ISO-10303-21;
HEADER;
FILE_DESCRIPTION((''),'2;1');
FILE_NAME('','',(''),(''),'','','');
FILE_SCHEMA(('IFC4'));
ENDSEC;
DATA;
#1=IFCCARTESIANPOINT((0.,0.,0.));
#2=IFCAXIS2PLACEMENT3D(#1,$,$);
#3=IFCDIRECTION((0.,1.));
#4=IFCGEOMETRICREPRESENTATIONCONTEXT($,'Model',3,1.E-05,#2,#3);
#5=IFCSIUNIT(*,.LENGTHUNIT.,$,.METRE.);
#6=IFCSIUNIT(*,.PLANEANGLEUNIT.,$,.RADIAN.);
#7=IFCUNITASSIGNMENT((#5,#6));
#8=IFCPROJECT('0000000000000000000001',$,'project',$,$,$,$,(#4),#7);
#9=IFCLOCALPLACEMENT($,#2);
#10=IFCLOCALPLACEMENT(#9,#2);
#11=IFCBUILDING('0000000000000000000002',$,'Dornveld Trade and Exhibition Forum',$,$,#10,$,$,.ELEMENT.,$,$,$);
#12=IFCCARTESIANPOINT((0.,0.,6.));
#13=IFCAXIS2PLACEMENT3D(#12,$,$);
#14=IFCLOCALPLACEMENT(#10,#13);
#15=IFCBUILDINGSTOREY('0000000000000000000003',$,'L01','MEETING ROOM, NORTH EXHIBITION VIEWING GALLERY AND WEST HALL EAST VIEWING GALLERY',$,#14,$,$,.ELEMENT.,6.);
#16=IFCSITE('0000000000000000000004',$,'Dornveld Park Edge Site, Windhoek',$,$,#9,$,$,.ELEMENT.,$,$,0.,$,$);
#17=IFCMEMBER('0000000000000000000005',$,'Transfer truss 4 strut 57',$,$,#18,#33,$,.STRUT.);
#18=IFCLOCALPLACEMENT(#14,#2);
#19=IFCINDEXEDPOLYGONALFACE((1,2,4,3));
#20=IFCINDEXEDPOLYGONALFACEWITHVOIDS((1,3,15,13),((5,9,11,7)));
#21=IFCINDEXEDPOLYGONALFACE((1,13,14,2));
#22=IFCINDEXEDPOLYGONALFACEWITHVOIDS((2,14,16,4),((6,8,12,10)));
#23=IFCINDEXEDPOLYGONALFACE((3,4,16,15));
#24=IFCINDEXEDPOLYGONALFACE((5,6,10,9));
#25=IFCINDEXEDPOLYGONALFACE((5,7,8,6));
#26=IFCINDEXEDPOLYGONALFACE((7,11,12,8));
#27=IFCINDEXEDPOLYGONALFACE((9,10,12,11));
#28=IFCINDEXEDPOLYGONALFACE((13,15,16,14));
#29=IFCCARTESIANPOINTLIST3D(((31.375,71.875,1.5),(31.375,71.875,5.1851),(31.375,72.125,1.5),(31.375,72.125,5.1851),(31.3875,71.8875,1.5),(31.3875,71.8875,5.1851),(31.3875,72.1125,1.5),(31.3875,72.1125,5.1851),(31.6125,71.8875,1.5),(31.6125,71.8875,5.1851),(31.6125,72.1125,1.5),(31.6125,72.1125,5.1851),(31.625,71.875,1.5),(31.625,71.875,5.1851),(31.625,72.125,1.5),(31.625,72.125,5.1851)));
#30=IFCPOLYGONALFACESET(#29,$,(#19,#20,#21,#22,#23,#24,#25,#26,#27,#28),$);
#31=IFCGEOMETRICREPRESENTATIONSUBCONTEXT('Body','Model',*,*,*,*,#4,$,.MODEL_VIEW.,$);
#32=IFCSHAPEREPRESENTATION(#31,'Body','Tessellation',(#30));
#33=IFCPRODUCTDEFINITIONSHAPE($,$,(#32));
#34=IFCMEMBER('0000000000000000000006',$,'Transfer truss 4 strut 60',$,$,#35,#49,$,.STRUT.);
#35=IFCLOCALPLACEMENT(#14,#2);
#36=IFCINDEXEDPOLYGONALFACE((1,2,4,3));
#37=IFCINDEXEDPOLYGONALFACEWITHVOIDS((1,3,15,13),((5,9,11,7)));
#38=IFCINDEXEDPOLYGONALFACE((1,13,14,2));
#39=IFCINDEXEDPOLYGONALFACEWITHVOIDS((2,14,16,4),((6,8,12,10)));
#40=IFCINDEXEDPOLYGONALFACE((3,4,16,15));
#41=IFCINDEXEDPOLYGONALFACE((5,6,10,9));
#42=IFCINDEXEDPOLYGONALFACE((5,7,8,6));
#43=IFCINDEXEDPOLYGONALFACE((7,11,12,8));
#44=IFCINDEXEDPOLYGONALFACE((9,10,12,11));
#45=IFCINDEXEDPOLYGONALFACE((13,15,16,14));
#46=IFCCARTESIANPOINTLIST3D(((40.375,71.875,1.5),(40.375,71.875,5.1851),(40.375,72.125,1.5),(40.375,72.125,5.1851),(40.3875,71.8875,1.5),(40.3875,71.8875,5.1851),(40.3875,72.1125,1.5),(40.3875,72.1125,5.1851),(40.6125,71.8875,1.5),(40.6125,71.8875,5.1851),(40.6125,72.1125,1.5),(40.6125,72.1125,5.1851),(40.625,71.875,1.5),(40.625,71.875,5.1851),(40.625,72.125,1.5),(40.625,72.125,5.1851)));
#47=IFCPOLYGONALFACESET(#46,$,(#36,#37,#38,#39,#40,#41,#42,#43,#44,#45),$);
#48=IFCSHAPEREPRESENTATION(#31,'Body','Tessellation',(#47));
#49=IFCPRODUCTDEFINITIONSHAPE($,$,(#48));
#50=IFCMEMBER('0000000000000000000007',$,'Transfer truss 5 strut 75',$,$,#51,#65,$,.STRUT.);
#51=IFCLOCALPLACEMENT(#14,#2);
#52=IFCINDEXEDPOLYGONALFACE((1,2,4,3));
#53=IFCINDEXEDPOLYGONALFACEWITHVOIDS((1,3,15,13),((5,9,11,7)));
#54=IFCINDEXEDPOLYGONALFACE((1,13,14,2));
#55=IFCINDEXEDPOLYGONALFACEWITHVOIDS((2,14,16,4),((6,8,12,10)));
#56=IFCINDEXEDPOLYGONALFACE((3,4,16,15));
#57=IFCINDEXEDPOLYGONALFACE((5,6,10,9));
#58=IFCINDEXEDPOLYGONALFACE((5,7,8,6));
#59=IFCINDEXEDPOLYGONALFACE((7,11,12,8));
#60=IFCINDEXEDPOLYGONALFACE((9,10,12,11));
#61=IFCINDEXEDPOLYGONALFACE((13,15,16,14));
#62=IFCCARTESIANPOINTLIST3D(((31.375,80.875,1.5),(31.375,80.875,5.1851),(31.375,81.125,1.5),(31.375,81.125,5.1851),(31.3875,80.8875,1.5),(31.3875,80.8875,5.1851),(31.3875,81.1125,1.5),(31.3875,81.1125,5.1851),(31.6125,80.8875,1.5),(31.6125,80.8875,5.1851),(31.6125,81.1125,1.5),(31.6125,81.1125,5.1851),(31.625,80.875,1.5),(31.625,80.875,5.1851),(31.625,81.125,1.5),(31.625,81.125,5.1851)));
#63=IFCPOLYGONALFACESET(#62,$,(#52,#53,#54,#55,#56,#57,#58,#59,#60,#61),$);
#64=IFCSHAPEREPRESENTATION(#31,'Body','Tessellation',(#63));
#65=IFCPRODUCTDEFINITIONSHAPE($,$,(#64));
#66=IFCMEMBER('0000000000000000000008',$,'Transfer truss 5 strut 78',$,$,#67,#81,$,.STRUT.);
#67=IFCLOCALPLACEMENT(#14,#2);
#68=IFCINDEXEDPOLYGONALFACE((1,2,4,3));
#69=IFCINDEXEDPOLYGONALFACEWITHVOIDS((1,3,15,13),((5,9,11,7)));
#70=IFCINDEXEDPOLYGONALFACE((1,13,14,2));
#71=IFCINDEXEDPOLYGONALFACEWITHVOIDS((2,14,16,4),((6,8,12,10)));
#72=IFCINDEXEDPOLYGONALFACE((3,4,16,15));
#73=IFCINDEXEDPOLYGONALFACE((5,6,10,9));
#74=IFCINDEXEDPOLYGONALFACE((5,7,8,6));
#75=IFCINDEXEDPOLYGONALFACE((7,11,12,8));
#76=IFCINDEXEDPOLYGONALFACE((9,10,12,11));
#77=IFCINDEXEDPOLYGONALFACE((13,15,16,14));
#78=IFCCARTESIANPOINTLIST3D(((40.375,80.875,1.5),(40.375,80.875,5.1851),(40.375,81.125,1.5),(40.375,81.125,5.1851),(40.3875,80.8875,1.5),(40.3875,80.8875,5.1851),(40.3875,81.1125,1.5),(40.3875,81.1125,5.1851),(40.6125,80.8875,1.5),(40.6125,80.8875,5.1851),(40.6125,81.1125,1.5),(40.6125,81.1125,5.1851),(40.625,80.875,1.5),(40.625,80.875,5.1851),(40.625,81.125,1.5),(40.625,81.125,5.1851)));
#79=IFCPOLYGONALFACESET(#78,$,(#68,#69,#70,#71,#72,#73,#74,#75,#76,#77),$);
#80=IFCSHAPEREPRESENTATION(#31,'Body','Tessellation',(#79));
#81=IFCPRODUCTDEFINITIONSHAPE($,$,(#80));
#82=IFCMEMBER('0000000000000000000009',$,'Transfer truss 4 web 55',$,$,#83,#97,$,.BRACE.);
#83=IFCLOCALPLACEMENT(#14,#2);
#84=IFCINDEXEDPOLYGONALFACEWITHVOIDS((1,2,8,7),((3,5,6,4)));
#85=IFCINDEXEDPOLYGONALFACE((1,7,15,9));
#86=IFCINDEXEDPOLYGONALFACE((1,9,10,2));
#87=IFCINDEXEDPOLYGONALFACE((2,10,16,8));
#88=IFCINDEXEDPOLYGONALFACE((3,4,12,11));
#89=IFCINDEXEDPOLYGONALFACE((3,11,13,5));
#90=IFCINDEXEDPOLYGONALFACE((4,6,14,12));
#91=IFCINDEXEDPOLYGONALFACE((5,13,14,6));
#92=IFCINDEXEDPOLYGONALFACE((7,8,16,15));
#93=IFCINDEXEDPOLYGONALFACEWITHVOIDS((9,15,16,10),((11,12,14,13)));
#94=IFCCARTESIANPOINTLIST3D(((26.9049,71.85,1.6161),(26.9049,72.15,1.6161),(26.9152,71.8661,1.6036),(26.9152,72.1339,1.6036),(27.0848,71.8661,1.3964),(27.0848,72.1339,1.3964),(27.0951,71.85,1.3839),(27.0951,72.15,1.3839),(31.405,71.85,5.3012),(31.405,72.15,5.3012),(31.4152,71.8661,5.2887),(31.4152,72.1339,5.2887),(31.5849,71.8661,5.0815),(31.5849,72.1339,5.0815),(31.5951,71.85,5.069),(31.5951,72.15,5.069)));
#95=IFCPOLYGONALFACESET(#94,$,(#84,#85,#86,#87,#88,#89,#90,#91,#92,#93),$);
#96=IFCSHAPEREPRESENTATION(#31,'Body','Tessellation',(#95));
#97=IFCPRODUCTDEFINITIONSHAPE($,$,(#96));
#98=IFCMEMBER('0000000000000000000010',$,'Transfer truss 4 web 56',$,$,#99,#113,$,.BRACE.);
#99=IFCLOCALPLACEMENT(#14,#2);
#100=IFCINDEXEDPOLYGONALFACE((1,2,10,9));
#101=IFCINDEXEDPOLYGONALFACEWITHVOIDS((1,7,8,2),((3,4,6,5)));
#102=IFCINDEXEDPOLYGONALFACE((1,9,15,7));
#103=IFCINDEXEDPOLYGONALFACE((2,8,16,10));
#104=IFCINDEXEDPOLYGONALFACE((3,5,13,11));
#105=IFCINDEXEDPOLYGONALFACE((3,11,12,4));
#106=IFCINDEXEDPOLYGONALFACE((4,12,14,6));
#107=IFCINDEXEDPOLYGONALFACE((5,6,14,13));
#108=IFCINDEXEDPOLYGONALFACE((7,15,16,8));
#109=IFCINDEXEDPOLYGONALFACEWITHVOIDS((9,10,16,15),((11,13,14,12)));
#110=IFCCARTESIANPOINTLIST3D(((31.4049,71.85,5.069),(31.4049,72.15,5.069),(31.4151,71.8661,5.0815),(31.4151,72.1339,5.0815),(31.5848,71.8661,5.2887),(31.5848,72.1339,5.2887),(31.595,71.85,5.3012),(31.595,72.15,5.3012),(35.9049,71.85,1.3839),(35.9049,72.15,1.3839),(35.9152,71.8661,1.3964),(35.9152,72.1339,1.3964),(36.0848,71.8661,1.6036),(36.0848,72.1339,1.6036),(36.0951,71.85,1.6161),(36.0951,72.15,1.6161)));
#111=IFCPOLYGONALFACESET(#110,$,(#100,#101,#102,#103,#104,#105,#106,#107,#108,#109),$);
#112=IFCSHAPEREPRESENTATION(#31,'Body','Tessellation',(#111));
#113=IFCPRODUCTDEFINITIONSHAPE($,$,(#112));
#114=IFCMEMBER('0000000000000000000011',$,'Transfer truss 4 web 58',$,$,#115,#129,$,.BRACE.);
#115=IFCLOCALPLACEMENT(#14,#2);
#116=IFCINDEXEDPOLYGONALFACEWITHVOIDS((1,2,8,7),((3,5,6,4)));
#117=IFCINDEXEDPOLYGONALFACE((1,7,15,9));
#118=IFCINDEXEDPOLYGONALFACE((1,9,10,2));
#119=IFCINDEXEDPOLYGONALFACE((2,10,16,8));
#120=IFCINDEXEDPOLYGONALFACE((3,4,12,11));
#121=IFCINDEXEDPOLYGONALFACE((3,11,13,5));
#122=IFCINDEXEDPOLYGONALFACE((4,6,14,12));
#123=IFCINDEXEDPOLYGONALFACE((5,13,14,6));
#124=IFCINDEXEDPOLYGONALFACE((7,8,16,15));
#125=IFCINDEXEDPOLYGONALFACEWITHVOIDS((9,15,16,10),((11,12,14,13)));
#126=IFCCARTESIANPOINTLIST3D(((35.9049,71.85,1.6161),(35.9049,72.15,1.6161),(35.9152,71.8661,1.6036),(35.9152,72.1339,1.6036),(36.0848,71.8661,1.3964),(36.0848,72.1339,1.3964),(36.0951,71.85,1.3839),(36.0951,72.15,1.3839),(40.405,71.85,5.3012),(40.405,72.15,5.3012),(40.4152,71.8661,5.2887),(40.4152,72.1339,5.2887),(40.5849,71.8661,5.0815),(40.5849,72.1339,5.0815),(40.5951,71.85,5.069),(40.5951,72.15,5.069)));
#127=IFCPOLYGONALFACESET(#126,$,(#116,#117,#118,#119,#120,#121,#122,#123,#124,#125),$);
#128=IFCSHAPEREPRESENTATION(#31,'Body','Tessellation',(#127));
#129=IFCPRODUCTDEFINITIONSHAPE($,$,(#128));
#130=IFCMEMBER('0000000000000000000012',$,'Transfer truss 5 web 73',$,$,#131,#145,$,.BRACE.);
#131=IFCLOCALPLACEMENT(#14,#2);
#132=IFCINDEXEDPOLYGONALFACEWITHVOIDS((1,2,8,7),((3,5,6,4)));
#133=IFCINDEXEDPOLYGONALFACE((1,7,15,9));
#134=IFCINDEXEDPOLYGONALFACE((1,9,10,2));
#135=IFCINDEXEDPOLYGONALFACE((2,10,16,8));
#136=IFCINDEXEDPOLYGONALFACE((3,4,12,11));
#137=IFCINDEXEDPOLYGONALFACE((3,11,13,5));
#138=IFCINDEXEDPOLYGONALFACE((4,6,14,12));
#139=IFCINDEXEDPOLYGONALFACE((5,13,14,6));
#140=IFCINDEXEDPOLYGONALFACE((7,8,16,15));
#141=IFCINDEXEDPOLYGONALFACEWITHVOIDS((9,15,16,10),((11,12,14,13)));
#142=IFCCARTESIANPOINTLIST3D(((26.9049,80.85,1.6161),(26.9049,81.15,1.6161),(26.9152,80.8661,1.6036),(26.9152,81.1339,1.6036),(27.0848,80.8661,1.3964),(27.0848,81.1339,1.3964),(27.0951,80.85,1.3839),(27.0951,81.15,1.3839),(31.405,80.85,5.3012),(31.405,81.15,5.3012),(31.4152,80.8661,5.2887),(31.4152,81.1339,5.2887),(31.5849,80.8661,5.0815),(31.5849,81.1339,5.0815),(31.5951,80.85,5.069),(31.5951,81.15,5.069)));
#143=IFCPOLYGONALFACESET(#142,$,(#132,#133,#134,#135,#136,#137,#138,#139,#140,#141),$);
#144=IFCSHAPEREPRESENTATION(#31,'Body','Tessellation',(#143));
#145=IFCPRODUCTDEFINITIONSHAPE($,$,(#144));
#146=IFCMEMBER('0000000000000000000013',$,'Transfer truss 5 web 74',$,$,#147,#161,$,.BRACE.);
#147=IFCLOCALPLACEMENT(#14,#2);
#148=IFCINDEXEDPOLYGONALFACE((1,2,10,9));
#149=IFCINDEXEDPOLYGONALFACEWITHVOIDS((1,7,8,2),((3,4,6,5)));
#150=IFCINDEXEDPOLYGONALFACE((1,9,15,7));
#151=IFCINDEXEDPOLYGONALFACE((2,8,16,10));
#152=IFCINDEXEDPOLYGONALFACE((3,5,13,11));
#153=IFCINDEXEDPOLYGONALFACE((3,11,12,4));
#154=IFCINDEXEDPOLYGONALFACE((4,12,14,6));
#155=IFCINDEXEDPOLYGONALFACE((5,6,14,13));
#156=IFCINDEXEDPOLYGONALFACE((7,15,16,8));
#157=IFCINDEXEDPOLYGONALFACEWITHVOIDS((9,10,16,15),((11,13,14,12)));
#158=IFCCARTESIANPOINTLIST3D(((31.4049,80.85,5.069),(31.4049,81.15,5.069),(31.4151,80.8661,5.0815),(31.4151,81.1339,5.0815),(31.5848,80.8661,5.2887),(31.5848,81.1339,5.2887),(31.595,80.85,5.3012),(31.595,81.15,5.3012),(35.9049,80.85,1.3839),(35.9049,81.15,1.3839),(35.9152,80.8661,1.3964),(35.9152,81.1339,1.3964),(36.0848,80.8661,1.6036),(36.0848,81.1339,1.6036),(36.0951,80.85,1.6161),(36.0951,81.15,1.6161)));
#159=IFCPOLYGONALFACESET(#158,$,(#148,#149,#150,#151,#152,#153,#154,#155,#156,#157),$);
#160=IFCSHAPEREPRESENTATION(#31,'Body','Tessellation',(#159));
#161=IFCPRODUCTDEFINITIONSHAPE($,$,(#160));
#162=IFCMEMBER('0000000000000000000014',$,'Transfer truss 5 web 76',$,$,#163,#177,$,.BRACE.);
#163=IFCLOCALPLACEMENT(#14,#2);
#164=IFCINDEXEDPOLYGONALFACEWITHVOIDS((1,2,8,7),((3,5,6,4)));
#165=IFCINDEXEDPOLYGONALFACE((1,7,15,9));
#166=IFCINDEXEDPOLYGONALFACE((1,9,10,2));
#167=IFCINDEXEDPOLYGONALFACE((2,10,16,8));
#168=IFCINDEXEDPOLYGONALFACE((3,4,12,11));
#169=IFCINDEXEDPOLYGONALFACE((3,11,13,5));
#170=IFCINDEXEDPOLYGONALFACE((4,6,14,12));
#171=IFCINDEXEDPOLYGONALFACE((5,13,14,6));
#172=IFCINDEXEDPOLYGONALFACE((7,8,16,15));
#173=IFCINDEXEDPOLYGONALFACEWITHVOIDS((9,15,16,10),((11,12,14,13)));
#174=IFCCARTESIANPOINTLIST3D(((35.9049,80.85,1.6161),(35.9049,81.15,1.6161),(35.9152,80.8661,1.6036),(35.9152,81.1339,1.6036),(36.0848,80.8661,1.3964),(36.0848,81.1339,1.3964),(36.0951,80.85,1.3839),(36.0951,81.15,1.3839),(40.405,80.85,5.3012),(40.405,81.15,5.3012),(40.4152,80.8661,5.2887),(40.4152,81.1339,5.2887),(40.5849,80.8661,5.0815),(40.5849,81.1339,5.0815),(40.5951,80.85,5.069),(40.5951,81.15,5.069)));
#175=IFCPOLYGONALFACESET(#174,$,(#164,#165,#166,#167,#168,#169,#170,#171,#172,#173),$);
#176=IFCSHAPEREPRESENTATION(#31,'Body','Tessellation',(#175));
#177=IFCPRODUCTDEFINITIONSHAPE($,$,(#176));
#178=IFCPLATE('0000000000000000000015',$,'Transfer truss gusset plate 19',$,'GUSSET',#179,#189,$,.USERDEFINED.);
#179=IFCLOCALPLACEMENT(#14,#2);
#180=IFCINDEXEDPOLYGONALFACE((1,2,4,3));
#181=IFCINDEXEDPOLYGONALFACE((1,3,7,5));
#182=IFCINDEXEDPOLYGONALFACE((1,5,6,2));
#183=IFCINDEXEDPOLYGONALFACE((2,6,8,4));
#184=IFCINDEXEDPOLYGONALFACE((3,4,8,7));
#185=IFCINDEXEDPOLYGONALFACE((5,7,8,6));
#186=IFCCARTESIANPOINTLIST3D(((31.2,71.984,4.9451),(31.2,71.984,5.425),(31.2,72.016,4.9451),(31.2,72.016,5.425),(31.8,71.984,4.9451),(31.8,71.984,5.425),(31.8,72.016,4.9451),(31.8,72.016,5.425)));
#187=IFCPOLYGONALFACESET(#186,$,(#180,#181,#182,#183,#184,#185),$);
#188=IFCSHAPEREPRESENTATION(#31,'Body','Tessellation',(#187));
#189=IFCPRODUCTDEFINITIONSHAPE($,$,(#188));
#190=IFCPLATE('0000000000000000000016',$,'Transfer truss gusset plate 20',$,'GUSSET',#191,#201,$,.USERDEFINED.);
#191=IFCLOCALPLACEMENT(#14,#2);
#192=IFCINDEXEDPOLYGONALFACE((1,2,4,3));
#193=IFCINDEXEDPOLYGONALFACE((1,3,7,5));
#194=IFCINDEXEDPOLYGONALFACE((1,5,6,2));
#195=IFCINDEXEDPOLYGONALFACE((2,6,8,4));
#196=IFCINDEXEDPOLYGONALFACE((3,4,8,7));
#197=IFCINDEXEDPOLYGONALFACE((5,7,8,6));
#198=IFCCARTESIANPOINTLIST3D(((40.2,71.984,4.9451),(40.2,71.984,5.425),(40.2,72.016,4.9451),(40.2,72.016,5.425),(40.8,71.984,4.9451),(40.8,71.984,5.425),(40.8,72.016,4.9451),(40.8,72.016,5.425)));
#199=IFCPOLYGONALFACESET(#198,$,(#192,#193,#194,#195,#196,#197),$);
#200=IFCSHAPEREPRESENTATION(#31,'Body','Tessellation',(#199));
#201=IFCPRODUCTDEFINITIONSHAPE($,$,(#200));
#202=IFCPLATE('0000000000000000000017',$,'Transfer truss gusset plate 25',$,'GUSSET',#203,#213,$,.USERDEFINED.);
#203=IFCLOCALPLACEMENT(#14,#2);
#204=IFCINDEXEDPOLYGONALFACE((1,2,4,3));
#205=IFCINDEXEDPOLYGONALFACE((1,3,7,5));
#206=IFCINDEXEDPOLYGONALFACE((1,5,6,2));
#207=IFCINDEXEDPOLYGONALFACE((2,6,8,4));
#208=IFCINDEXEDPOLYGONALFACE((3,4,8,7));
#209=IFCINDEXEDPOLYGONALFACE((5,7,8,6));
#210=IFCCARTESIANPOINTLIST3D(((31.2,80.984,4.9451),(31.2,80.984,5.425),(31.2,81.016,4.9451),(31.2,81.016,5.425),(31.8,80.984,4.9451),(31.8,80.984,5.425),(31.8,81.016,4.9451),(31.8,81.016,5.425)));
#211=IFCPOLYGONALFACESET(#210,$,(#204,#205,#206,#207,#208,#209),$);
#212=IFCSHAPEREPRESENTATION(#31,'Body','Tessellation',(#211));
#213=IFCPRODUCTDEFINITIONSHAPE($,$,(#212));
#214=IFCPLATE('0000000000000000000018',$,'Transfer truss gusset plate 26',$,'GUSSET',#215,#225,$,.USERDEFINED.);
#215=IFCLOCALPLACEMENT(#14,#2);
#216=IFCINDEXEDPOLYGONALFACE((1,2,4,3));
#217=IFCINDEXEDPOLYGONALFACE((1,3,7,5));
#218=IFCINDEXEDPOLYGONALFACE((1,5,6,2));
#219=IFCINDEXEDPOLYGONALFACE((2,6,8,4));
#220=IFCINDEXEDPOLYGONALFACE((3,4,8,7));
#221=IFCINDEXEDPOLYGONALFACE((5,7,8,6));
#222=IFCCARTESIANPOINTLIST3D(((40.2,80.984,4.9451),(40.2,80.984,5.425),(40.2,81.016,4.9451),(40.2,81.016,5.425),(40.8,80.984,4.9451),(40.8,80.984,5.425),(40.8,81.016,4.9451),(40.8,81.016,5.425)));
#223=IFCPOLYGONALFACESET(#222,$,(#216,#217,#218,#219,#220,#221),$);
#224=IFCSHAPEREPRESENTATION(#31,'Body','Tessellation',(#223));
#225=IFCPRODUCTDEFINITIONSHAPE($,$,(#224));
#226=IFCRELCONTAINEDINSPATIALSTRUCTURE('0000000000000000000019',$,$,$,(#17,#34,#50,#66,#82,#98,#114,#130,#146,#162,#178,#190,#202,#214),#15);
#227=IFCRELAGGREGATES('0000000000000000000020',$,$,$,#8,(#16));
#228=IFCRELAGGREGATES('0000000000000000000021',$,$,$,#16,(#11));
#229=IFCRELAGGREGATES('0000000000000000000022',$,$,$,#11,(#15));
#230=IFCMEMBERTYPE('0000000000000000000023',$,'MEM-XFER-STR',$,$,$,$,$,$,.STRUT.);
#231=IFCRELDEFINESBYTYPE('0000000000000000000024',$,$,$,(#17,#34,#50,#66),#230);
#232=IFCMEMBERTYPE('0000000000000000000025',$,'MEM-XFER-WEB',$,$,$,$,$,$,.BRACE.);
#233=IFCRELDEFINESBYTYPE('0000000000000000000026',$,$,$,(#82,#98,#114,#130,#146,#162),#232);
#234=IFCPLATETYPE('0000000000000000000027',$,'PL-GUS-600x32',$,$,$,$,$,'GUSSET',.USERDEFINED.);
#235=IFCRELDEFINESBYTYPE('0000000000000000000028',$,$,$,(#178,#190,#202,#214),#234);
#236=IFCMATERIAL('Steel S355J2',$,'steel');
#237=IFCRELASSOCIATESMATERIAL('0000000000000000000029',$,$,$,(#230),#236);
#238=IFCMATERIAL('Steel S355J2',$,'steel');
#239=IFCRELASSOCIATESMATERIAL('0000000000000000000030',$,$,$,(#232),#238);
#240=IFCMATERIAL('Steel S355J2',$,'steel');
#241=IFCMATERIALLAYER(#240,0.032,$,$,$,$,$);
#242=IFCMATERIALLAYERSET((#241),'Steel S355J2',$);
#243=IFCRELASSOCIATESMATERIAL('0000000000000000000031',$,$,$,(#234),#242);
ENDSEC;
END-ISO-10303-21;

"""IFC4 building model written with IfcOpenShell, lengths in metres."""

from ifc_helpers import new_model, si_unit, direction, frame, origin, origin_2d, place, context, subcontext, project, spatial, rectangle, hollow_rectangle, extrude, material, layer, layer_set, material_profile, profile_set, type_object, element, save


model = new_model("IFC4")

# Units and contexts
model_context = context("Model", 3, precision=1e-05, world=origin(), true_north=direction((0.0, 1.0)))
body_context = subcontext(model_context, "Body", "Model", "MODEL_VIEW")
ifc_project = project(units=[si_unit("LENGTHUNIT", "METRE"), si_unit("PLANEANGLEUNIT", "RADIAN")], contexts=[model_context])

# Site, building, storey
site_placement = place(None, origin())
site = spatial("IfcSite", under=ifc_project, at=site_placement, Name="Dornveld Park Edge Site, Windhoek", CompositionType="ELEMENT", RefElevation=0.0)
building_placement = place(site_placement, origin())
building = spatial("IfcBuilding", under=site, at=building_placement, Name="Dornveld Trade and Exhibition Forum", CompositionType="ELEMENT")
storey_placement = place(building_placement, frame((0.0, 0.0, 6.0)))
storey = spatial("IfcBuildingStorey", under=building, at=storey_placement, Name="L01", Description="MEETING ROOM, NORTH EXHIBITION VIEWING GALLERY AND WEST HALL EAST VIEWING GALLERY", CompositionType="ELEMENT", Elevation=6.0)

# Members
ifc_material_1 = material(Name="Steel S355J2", Category="steel")
ifc_material_profile_1 = material_profile(ifc_material_1, hollow_rectangle(XDim=0.25, YDim=0.25, WallThickness=0.0125, at=origin_2d()), Name="SHS 250x250x12.5")
ifc_profile_set_1 = profile_set([ifc_material_profile_1], Name="Steel S355J2")
member_type_1 = type_object("IfcMemberType", Name="MEM-XFER-STR", PredefinedType="STRUT", material=ifc_profile_set_1)
for number, where, z_axis, x_axis, name in (
    (1, (31.5, 72.0, 1.5), (0.0, 0.0, 1.0), (1.0, 0.0, 0.0), "Transfer truss 4 strut 57"),
    (2, (40.5, 72.0, 1.5), (0.0, 0.0, 1.0), (1.0, 0.0, 0.0), "Transfer truss 4 strut 60"),
    (3, (31.5, 81.0, 1.5), (0.0, 0.0, 1.0), (1.0, 0.0, 0.0), "Transfer truss 5 strut 75"),
    (4, (40.5, 81.0, 1.5), (0.0, 0.0, 1.0), (1.0, 0.0, 0.0), "Transfer truss 5 strut 78"),
):
    element("IfcMember", number, at=place(storey_placement, frame(where, z_axis=z_axis, x_axis=x_axis)), inside=storey, type_object=member_type_1, Name=name, PredefinedType="STRUT", context=body_context, shape_type="SweptSolid", body=[
        extrude(hollow_rectangle(XDim=0.25, YDim=0.25, WallThickness=0.0125, at=origin_2d()), origin(), (0.0, 0.0, 1.0), 3.6851),
    ])
ifc_material_2 = material(Name="Steel S355J2", Category="steel")
ifc_material_profile_2 = material_profile(ifc_material_2, hollow_rectangle(XDim=0.3, YDim=0.3, WallThickness=0.0161, at=origin_2d()), Name="SHS 300x300x16")
ifc_profile_set_2 = profile_set([ifc_material_profile_2], Name="Steel S355J2")
member_type_2 = type_object("IfcMemberType", Name="MEM-XFER-WEB", PredefinedType="BRACE", material=ifc_profile_set_2)
for number, where, z_axis, x_axis, name in (
    (5, (27.0, 72.0, 1.5), (0.773684, 0.0, 0.633571), (0.0, 1.0, 0.0), "Transfer truss 4 web 55"),
    (6, (36.0, 72.0, 1.5), (-0.773684, 0.0, 0.633571), (0.0, -1.0, 0.0), "Transfer truss 4 web 56"),
    (7, (36.0, 72.0, 1.5), (0.773684, 0.0, 0.633571), (0.0, 1.0, 0.0), "Transfer truss 4 web 58"),
    (8, (27.0, 81.0, 1.5), (0.773684, 0.0, 0.633571), (0.0, 1.0, 0.0), "Transfer truss 5 web 73"),
    (9, (36.0, 81.0, 1.5), (-0.773684, 0.0, 0.633571), (0.0, -1.0, 0.0), "Transfer truss 5 web 74"),
    (10, (36.0, 81.0, 1.5), (0.773684, 0.0, 0.633571), (0.0, 1.0, 0.0), "Transfer truss 5 web 76"),
):
    element("IfcMember", number, at=place(storey_placement, frame(where, z_axis=z_axis, x_axis=x_axis)), inside=storey, type_object=member_type_2, Name=name, PredefinedType="BRACE", context=body_context, shape_type="SweptSolid", body=[
        extrude(hollow_rectangle(XDim=0.3, YDim=0.3, WallThickness=0.0161, at=origin_2d()), origin(), (0.0, 0.0, 1.0), 5.8164),
    ])

# Plates
ifc_material_3 = material(Name="Steel S355J2", Category="steel")
ifc_layer = layer(ifc_material_3, 0.032)
ifc_layer_set = layer_set([ifc_layer], Name="Steel S355J2")
plate_type = type_object("IfcPlateType", Name="PL-GUS-600x32", ElementType="GUSSET", PredefinedType="USERDEFINED", material=ifc_layer_set)
for number, where, z_axis, x_axis, name in (
    (11, (31.5, 72.0, 4.9451), (0.0, 0.0, 1.0), (1.0, 0.0, 0.0), "Transfer truss gusset plate 19"),
    (12, (40.5, 72.0, 4.9451), (0.0, 0.0, 1.0), (1.0, 0.0, 0.0), "Transfer truss gusset plate 20"),
    (13, (31.5, 81.0, 4.9451), (0.0, 0.0, 1.0), (1.0, 0.0, 0.0), "Transfer truss gusset plate 25"),
    (14, (40.5, 81.0, 4.9451), (0.0, 0.0, 1.0), (1.0, 0.0, 0.0), "Transfer truss gusset plate 26"),
):
    element("IfcPlate", number, at=place(storey_placement, frame(where, z_axis=z_axis, x_axis=x_axis)), inside=storey, type_object=plate_type, Name=name, ObjectType="GUSSET", PredefinedType="USERDEFINED", context=body_context, shape_type="SweptSolid", body=[
        extrude(rectangle(XDim=0.6001, YDim=0.032, at=origin_2d()), origin(), (0.0, 0.0, 1.0), 0.48),
    ])

save(model, "model.ifc")
